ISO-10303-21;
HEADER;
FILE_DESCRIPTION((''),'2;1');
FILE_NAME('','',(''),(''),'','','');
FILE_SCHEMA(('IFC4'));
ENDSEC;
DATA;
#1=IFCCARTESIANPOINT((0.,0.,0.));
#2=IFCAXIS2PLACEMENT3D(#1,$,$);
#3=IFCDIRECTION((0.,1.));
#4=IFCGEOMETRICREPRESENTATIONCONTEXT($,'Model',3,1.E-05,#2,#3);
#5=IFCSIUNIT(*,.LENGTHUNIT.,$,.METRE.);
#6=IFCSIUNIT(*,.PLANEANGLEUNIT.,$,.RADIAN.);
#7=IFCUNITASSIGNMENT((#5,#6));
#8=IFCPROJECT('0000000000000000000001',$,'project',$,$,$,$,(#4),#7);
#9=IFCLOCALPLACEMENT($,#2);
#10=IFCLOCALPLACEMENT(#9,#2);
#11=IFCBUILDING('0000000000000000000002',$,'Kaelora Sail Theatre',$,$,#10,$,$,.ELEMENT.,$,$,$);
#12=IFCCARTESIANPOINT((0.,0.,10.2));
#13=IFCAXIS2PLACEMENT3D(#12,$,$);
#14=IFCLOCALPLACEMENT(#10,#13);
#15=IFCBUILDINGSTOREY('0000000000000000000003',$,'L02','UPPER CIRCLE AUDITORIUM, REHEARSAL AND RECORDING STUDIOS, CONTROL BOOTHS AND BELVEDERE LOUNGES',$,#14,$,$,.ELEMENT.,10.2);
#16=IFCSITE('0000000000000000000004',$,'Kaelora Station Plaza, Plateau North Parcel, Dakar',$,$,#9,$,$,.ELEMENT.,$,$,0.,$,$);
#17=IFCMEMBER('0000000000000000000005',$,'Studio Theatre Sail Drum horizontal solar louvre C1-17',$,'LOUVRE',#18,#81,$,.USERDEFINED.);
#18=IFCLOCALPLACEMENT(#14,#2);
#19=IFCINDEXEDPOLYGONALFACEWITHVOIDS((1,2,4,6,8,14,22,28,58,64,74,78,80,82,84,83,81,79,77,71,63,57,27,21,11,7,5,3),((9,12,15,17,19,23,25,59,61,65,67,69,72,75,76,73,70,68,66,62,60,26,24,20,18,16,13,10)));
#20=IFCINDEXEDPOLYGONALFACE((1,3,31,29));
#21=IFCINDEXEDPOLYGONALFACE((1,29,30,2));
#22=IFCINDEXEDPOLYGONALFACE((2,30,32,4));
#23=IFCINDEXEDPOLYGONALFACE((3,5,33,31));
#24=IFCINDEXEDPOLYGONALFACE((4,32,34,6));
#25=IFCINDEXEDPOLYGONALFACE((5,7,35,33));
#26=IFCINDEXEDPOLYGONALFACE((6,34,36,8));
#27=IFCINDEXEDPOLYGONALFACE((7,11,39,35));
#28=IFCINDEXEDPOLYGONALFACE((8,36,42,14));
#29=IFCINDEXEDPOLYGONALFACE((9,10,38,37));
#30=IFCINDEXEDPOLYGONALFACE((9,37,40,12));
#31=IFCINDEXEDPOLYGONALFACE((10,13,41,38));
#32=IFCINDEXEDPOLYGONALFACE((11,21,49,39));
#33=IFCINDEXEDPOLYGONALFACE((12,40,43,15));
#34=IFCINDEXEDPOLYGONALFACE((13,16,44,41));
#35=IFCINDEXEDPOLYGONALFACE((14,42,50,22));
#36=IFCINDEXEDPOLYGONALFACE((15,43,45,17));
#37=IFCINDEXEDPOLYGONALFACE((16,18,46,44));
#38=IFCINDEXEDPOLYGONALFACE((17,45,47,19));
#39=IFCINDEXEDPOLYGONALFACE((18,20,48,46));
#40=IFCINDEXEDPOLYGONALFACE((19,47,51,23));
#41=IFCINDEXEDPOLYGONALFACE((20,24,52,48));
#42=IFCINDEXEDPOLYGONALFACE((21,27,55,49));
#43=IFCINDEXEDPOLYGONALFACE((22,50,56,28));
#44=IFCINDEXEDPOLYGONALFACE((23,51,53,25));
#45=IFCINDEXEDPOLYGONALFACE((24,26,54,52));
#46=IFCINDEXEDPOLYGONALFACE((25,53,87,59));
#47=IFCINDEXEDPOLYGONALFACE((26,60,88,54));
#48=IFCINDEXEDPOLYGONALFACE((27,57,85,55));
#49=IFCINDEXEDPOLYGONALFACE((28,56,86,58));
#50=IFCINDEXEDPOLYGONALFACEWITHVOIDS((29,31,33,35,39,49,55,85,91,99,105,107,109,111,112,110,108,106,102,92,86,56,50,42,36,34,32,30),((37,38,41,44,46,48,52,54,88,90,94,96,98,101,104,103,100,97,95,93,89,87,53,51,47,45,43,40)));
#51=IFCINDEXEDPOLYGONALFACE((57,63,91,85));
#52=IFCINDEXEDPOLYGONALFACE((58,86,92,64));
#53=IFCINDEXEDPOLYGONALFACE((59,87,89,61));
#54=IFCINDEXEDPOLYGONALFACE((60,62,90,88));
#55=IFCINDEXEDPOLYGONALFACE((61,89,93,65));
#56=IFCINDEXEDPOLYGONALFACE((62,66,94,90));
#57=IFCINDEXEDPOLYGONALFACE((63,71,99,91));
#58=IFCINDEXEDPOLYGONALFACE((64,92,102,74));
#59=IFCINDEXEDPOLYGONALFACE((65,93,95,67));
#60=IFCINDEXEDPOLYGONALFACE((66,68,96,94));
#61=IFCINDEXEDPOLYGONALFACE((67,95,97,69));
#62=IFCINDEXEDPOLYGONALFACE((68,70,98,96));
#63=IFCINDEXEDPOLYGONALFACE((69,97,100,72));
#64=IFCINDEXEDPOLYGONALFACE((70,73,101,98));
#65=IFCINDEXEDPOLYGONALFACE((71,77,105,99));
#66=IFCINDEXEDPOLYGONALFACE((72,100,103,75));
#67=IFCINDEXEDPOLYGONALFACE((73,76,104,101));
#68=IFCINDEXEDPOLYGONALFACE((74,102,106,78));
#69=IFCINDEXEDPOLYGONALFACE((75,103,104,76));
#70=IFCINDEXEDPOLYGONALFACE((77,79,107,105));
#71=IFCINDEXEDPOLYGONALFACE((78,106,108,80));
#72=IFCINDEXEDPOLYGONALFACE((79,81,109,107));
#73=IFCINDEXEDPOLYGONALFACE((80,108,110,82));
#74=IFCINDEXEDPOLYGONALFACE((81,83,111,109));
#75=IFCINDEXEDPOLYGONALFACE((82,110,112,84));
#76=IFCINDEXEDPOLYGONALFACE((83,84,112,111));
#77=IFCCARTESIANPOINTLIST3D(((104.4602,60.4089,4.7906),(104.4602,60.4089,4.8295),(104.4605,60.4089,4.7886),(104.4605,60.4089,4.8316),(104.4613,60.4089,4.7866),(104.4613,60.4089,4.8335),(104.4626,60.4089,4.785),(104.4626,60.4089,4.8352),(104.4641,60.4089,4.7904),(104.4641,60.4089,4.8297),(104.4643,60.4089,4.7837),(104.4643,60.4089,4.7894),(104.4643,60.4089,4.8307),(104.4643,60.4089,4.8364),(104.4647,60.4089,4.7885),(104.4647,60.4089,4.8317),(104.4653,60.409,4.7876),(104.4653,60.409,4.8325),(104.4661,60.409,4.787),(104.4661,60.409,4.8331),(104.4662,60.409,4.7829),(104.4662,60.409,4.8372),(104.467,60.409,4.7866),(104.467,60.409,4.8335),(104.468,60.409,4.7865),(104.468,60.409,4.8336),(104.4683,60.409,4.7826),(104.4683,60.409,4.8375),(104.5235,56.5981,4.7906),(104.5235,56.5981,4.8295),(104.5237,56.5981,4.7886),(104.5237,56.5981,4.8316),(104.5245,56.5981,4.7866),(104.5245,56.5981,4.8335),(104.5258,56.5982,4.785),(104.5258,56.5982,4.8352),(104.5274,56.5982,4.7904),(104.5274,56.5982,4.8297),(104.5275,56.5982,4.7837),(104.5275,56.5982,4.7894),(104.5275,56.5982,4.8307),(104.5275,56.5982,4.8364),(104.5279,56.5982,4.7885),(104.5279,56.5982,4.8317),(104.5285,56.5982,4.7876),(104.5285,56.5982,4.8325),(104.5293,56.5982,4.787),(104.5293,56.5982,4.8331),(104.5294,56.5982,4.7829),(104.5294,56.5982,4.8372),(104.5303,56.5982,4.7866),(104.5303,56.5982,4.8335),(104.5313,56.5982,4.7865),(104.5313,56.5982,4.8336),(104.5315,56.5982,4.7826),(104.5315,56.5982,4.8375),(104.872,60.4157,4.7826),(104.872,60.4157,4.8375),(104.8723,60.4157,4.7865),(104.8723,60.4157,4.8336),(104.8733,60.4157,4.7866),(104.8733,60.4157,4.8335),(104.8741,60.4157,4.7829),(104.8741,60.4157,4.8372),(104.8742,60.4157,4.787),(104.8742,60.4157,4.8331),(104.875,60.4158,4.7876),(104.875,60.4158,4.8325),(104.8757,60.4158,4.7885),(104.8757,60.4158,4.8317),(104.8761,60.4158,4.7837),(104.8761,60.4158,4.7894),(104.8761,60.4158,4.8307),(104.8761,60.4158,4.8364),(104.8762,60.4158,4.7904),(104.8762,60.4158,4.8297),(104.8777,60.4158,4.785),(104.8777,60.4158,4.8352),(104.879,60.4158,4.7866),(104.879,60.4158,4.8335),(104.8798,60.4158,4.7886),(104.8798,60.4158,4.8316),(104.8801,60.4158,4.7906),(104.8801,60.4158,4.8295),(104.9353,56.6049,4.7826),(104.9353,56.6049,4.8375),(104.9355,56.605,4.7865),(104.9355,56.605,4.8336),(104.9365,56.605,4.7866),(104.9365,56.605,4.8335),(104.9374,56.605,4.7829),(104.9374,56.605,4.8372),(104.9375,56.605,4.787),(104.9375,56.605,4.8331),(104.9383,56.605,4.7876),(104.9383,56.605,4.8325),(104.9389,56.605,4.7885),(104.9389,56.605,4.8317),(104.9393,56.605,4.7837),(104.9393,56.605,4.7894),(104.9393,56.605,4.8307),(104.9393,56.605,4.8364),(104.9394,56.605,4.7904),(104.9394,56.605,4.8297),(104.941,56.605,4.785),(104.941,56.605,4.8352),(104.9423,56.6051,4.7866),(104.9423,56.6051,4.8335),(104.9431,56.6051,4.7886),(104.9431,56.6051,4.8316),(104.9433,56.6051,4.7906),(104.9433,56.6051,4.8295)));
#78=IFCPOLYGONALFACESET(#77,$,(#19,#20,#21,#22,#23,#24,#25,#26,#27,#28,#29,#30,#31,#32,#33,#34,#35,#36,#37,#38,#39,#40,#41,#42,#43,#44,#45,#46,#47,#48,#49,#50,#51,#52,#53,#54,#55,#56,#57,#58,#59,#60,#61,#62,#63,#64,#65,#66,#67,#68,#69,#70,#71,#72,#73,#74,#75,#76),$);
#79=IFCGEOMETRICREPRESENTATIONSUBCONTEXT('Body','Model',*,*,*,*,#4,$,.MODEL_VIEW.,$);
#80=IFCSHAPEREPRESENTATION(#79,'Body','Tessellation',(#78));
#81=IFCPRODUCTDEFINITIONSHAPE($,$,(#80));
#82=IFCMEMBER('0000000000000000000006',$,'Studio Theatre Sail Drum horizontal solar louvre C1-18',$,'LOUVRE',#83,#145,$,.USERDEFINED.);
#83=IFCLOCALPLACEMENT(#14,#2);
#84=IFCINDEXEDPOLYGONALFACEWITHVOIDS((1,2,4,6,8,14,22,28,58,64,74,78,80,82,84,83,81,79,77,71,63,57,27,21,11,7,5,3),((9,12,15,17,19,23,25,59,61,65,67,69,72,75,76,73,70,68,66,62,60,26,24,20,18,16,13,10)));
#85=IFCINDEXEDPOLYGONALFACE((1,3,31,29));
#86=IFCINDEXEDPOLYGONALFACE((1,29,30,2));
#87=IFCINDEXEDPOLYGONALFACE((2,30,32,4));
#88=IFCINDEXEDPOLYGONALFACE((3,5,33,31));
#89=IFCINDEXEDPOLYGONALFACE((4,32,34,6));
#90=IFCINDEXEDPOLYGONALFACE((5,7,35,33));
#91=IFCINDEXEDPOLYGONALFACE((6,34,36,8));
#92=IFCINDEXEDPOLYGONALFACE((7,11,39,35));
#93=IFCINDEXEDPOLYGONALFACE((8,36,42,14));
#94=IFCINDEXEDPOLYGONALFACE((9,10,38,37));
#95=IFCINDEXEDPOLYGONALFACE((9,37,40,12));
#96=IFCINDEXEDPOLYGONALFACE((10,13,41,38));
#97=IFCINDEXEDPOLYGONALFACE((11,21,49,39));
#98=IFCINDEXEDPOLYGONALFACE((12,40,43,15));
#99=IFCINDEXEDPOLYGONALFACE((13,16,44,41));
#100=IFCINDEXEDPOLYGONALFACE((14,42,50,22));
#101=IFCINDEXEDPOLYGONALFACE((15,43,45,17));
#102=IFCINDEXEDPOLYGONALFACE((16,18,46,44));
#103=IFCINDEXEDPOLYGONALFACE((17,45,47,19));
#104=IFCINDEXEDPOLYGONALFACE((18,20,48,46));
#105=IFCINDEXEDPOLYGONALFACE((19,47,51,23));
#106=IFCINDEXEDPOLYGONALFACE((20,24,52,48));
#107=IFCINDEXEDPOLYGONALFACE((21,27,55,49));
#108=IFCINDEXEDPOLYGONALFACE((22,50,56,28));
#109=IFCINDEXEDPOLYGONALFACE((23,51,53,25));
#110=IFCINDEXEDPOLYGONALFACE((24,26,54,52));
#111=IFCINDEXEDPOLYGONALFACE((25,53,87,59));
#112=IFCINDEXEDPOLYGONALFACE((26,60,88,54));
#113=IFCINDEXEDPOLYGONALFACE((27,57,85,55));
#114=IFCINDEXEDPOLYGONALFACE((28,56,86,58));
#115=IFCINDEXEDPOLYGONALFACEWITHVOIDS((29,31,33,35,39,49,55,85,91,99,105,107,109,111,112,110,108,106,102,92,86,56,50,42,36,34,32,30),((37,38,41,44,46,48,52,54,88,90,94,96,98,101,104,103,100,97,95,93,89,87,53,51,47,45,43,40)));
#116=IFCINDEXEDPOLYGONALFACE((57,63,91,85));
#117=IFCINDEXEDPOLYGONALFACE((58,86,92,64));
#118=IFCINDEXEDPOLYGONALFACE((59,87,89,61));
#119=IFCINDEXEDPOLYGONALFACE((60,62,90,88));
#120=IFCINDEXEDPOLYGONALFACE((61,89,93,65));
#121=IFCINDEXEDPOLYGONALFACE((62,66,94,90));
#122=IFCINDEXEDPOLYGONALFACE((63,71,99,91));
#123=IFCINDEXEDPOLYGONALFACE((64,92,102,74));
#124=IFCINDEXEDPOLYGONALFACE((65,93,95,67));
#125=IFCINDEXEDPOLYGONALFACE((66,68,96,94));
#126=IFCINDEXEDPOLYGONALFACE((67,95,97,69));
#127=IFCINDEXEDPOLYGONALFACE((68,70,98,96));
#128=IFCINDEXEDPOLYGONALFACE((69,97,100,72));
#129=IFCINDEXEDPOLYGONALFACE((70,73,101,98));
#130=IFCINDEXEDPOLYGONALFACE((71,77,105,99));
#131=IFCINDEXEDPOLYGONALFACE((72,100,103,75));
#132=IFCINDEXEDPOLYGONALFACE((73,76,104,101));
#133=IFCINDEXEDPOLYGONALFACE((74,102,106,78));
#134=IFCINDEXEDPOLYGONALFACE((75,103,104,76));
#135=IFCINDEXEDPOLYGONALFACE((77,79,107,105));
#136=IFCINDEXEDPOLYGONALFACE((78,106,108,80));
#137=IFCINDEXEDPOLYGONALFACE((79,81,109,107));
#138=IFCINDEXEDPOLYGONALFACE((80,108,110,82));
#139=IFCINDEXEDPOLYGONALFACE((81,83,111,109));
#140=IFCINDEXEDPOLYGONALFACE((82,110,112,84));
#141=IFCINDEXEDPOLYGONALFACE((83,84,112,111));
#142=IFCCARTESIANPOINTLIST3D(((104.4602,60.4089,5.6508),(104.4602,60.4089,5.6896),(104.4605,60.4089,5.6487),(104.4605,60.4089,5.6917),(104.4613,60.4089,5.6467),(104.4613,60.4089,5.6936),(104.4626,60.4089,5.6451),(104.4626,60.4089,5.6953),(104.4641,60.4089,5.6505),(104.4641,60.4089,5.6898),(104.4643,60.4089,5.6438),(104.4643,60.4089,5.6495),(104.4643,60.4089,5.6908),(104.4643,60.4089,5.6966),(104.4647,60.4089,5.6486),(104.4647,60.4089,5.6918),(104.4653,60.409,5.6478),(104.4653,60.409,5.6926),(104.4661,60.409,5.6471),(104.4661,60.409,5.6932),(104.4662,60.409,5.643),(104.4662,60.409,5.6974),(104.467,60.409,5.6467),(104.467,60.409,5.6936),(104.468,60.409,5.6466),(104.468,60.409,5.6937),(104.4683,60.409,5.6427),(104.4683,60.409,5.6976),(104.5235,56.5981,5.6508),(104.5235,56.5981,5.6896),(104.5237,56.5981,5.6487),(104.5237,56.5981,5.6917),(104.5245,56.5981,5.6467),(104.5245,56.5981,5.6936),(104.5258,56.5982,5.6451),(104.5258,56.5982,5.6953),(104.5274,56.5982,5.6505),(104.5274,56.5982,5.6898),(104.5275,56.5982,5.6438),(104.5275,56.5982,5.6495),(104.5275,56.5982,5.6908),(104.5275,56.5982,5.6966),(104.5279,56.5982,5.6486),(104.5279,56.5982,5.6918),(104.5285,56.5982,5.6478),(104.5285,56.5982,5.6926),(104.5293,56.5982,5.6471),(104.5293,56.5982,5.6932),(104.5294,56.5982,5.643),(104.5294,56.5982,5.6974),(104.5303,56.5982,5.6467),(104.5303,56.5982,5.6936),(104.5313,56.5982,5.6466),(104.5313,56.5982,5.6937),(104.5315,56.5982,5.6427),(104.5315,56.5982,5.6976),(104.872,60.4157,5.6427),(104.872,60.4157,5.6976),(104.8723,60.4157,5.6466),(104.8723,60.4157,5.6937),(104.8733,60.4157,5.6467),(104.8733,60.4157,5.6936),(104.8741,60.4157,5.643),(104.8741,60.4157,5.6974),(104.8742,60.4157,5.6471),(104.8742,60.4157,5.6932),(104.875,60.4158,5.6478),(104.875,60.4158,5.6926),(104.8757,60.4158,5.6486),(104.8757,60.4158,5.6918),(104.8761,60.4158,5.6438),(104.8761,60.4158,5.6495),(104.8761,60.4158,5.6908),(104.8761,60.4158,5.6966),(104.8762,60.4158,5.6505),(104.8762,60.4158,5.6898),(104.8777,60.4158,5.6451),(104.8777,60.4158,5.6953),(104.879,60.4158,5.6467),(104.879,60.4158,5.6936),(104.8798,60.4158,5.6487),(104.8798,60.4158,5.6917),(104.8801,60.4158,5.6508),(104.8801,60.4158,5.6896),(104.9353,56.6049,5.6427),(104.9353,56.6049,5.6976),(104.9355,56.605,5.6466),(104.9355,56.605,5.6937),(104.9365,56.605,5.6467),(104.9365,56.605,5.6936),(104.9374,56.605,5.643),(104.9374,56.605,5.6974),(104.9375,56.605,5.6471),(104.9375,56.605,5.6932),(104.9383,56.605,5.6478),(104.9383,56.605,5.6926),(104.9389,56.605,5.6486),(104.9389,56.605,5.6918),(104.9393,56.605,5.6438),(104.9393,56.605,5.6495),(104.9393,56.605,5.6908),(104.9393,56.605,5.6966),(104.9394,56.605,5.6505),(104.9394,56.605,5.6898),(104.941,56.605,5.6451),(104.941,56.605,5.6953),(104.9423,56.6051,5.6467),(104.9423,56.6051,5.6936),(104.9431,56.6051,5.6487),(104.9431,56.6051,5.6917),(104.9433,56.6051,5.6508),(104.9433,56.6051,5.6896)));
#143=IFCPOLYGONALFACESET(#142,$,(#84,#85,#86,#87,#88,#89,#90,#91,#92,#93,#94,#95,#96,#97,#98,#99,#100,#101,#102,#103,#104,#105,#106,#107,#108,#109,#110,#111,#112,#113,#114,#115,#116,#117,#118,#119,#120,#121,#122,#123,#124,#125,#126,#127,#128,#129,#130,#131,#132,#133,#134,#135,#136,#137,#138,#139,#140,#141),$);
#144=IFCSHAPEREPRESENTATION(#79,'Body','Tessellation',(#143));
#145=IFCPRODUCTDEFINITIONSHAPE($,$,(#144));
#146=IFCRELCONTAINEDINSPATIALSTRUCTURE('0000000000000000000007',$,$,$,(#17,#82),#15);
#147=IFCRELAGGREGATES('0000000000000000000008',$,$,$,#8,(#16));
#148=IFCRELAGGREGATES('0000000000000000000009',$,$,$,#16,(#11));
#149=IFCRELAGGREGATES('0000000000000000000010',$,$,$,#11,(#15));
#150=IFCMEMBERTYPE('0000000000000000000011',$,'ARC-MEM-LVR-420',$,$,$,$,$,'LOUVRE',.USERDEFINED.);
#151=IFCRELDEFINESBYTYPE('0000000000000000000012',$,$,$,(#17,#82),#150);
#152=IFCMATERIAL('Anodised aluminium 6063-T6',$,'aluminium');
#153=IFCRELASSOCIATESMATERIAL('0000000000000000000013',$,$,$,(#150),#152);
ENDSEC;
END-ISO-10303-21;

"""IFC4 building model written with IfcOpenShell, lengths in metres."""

from ifc_helpers import new_model, si_unit, direction, frame, origin, origin_2d, place, context, subcontext, project, spatial, hollow_rectangle, extrude, material, material_profile, profile_set, type_object, element, save


model = new_model("IFC4")

# Units and contexts
model_context = context("Model", 3, precision=1e-05, world=origin(), true_north=direction((0.0, 1.0)))
body_context = subcontext(model_context, "Body", "Model", "MODEL_VIEW")
ifc_project = project(units=[si_unit("LENGTHUNIT", "METRE"), si_unit("PLANEANGLEUNIT", "RADIAN")], contexts=[model_context])

# Site, building, storey
site_placement = place(None, origin())
site = spatial("IfcSite", under=ifc_project, at=site_placement, Name="Kaelora Station Plaza, Plateau North Parcel, Dakar", CompositionType="ELEMENT", RefElevation=0.0)
building_placement = place(site_placement, origin())
building = spatial("IfcBuilding", under=site, at=building_placement, Name="Kaelora Sail Theatre", CompositionType="ELEMENT")
storey_placement = place(building_placement, frame((0.0, 0.0, 10.2)))
storey = spatial("IfcBuildingStorey", under=building, at=storey_placement, Name="L02", Description="UPPER CIRCLE AUDITORIUM, REHEARSAL AND RECORDING STUDIOS, CONTROL BOOTHS AND BELVEDERE LOUNGES", CompositionType="ELEMENT", Elevation=10.2)

# Members
ifc_material_1 = material(Name="Anodised aluminium 6063-T6", Category="aluminium")
ifc_material_profile_1 = material_profile(ifc_material_1, hollow_rectangle(XDim=0.4199, YDim=0.0549, WallThickness=0.0039, InnerFilletRadius=0.0039, OuterFilletRadius=0.0081, at=origin_2d()), Name="LOUVRE 420x55x4")
ifc_profile_set_1 = profile_set([ifc_material_profile_1], Name="Anodised aluminium 6063-T6")
member_type_1 = type_object("IfcMemberType", Name="ARC-MEM-LVR-420", ElementType="LOUVRE", PredefinedType="USERDEFINED", material=ifc_profile_set_1)
for number, where, z_axis, x_axis, name in (
    (1, (104.6702, 60.4124, 4.8101), (0.016591, -0.999862, 0.0), (0.999862, 0.016591, 0.0), "Studio Theatre Sail Drum horizontal solar louvre C1-17"),
    (2, (104.6702, 60.4124, 5.6702), (0.016591, -0.999862, 0.0), (0.999862, 0.016591, 0.0), "Studio Theatre Sail Drum horizontal solar louvre C1-18"),
):
    element("IfcMember", number, at=place(storey_placement, frame(where, z_axis=z_axis, x_axis=x_axis)), inside=storey, type_object=member_type_1, Name=name, ObjectType="LOUVRE", PredefinedType="USERDEFINED", context=body_context, shape_type="SweptSolid", body=[
        extrude(hollow_rectangle(XDim=0.4199, YDim=0.0549, WallThickness=0.0039, InnerFilletRadius=0.0039, OuterFilletRadius=0.0081, at=origin_2d()), origin(), (0.0, 0.0, 1.0), 3.8113),
    ])

save(model, "model.ifc")
